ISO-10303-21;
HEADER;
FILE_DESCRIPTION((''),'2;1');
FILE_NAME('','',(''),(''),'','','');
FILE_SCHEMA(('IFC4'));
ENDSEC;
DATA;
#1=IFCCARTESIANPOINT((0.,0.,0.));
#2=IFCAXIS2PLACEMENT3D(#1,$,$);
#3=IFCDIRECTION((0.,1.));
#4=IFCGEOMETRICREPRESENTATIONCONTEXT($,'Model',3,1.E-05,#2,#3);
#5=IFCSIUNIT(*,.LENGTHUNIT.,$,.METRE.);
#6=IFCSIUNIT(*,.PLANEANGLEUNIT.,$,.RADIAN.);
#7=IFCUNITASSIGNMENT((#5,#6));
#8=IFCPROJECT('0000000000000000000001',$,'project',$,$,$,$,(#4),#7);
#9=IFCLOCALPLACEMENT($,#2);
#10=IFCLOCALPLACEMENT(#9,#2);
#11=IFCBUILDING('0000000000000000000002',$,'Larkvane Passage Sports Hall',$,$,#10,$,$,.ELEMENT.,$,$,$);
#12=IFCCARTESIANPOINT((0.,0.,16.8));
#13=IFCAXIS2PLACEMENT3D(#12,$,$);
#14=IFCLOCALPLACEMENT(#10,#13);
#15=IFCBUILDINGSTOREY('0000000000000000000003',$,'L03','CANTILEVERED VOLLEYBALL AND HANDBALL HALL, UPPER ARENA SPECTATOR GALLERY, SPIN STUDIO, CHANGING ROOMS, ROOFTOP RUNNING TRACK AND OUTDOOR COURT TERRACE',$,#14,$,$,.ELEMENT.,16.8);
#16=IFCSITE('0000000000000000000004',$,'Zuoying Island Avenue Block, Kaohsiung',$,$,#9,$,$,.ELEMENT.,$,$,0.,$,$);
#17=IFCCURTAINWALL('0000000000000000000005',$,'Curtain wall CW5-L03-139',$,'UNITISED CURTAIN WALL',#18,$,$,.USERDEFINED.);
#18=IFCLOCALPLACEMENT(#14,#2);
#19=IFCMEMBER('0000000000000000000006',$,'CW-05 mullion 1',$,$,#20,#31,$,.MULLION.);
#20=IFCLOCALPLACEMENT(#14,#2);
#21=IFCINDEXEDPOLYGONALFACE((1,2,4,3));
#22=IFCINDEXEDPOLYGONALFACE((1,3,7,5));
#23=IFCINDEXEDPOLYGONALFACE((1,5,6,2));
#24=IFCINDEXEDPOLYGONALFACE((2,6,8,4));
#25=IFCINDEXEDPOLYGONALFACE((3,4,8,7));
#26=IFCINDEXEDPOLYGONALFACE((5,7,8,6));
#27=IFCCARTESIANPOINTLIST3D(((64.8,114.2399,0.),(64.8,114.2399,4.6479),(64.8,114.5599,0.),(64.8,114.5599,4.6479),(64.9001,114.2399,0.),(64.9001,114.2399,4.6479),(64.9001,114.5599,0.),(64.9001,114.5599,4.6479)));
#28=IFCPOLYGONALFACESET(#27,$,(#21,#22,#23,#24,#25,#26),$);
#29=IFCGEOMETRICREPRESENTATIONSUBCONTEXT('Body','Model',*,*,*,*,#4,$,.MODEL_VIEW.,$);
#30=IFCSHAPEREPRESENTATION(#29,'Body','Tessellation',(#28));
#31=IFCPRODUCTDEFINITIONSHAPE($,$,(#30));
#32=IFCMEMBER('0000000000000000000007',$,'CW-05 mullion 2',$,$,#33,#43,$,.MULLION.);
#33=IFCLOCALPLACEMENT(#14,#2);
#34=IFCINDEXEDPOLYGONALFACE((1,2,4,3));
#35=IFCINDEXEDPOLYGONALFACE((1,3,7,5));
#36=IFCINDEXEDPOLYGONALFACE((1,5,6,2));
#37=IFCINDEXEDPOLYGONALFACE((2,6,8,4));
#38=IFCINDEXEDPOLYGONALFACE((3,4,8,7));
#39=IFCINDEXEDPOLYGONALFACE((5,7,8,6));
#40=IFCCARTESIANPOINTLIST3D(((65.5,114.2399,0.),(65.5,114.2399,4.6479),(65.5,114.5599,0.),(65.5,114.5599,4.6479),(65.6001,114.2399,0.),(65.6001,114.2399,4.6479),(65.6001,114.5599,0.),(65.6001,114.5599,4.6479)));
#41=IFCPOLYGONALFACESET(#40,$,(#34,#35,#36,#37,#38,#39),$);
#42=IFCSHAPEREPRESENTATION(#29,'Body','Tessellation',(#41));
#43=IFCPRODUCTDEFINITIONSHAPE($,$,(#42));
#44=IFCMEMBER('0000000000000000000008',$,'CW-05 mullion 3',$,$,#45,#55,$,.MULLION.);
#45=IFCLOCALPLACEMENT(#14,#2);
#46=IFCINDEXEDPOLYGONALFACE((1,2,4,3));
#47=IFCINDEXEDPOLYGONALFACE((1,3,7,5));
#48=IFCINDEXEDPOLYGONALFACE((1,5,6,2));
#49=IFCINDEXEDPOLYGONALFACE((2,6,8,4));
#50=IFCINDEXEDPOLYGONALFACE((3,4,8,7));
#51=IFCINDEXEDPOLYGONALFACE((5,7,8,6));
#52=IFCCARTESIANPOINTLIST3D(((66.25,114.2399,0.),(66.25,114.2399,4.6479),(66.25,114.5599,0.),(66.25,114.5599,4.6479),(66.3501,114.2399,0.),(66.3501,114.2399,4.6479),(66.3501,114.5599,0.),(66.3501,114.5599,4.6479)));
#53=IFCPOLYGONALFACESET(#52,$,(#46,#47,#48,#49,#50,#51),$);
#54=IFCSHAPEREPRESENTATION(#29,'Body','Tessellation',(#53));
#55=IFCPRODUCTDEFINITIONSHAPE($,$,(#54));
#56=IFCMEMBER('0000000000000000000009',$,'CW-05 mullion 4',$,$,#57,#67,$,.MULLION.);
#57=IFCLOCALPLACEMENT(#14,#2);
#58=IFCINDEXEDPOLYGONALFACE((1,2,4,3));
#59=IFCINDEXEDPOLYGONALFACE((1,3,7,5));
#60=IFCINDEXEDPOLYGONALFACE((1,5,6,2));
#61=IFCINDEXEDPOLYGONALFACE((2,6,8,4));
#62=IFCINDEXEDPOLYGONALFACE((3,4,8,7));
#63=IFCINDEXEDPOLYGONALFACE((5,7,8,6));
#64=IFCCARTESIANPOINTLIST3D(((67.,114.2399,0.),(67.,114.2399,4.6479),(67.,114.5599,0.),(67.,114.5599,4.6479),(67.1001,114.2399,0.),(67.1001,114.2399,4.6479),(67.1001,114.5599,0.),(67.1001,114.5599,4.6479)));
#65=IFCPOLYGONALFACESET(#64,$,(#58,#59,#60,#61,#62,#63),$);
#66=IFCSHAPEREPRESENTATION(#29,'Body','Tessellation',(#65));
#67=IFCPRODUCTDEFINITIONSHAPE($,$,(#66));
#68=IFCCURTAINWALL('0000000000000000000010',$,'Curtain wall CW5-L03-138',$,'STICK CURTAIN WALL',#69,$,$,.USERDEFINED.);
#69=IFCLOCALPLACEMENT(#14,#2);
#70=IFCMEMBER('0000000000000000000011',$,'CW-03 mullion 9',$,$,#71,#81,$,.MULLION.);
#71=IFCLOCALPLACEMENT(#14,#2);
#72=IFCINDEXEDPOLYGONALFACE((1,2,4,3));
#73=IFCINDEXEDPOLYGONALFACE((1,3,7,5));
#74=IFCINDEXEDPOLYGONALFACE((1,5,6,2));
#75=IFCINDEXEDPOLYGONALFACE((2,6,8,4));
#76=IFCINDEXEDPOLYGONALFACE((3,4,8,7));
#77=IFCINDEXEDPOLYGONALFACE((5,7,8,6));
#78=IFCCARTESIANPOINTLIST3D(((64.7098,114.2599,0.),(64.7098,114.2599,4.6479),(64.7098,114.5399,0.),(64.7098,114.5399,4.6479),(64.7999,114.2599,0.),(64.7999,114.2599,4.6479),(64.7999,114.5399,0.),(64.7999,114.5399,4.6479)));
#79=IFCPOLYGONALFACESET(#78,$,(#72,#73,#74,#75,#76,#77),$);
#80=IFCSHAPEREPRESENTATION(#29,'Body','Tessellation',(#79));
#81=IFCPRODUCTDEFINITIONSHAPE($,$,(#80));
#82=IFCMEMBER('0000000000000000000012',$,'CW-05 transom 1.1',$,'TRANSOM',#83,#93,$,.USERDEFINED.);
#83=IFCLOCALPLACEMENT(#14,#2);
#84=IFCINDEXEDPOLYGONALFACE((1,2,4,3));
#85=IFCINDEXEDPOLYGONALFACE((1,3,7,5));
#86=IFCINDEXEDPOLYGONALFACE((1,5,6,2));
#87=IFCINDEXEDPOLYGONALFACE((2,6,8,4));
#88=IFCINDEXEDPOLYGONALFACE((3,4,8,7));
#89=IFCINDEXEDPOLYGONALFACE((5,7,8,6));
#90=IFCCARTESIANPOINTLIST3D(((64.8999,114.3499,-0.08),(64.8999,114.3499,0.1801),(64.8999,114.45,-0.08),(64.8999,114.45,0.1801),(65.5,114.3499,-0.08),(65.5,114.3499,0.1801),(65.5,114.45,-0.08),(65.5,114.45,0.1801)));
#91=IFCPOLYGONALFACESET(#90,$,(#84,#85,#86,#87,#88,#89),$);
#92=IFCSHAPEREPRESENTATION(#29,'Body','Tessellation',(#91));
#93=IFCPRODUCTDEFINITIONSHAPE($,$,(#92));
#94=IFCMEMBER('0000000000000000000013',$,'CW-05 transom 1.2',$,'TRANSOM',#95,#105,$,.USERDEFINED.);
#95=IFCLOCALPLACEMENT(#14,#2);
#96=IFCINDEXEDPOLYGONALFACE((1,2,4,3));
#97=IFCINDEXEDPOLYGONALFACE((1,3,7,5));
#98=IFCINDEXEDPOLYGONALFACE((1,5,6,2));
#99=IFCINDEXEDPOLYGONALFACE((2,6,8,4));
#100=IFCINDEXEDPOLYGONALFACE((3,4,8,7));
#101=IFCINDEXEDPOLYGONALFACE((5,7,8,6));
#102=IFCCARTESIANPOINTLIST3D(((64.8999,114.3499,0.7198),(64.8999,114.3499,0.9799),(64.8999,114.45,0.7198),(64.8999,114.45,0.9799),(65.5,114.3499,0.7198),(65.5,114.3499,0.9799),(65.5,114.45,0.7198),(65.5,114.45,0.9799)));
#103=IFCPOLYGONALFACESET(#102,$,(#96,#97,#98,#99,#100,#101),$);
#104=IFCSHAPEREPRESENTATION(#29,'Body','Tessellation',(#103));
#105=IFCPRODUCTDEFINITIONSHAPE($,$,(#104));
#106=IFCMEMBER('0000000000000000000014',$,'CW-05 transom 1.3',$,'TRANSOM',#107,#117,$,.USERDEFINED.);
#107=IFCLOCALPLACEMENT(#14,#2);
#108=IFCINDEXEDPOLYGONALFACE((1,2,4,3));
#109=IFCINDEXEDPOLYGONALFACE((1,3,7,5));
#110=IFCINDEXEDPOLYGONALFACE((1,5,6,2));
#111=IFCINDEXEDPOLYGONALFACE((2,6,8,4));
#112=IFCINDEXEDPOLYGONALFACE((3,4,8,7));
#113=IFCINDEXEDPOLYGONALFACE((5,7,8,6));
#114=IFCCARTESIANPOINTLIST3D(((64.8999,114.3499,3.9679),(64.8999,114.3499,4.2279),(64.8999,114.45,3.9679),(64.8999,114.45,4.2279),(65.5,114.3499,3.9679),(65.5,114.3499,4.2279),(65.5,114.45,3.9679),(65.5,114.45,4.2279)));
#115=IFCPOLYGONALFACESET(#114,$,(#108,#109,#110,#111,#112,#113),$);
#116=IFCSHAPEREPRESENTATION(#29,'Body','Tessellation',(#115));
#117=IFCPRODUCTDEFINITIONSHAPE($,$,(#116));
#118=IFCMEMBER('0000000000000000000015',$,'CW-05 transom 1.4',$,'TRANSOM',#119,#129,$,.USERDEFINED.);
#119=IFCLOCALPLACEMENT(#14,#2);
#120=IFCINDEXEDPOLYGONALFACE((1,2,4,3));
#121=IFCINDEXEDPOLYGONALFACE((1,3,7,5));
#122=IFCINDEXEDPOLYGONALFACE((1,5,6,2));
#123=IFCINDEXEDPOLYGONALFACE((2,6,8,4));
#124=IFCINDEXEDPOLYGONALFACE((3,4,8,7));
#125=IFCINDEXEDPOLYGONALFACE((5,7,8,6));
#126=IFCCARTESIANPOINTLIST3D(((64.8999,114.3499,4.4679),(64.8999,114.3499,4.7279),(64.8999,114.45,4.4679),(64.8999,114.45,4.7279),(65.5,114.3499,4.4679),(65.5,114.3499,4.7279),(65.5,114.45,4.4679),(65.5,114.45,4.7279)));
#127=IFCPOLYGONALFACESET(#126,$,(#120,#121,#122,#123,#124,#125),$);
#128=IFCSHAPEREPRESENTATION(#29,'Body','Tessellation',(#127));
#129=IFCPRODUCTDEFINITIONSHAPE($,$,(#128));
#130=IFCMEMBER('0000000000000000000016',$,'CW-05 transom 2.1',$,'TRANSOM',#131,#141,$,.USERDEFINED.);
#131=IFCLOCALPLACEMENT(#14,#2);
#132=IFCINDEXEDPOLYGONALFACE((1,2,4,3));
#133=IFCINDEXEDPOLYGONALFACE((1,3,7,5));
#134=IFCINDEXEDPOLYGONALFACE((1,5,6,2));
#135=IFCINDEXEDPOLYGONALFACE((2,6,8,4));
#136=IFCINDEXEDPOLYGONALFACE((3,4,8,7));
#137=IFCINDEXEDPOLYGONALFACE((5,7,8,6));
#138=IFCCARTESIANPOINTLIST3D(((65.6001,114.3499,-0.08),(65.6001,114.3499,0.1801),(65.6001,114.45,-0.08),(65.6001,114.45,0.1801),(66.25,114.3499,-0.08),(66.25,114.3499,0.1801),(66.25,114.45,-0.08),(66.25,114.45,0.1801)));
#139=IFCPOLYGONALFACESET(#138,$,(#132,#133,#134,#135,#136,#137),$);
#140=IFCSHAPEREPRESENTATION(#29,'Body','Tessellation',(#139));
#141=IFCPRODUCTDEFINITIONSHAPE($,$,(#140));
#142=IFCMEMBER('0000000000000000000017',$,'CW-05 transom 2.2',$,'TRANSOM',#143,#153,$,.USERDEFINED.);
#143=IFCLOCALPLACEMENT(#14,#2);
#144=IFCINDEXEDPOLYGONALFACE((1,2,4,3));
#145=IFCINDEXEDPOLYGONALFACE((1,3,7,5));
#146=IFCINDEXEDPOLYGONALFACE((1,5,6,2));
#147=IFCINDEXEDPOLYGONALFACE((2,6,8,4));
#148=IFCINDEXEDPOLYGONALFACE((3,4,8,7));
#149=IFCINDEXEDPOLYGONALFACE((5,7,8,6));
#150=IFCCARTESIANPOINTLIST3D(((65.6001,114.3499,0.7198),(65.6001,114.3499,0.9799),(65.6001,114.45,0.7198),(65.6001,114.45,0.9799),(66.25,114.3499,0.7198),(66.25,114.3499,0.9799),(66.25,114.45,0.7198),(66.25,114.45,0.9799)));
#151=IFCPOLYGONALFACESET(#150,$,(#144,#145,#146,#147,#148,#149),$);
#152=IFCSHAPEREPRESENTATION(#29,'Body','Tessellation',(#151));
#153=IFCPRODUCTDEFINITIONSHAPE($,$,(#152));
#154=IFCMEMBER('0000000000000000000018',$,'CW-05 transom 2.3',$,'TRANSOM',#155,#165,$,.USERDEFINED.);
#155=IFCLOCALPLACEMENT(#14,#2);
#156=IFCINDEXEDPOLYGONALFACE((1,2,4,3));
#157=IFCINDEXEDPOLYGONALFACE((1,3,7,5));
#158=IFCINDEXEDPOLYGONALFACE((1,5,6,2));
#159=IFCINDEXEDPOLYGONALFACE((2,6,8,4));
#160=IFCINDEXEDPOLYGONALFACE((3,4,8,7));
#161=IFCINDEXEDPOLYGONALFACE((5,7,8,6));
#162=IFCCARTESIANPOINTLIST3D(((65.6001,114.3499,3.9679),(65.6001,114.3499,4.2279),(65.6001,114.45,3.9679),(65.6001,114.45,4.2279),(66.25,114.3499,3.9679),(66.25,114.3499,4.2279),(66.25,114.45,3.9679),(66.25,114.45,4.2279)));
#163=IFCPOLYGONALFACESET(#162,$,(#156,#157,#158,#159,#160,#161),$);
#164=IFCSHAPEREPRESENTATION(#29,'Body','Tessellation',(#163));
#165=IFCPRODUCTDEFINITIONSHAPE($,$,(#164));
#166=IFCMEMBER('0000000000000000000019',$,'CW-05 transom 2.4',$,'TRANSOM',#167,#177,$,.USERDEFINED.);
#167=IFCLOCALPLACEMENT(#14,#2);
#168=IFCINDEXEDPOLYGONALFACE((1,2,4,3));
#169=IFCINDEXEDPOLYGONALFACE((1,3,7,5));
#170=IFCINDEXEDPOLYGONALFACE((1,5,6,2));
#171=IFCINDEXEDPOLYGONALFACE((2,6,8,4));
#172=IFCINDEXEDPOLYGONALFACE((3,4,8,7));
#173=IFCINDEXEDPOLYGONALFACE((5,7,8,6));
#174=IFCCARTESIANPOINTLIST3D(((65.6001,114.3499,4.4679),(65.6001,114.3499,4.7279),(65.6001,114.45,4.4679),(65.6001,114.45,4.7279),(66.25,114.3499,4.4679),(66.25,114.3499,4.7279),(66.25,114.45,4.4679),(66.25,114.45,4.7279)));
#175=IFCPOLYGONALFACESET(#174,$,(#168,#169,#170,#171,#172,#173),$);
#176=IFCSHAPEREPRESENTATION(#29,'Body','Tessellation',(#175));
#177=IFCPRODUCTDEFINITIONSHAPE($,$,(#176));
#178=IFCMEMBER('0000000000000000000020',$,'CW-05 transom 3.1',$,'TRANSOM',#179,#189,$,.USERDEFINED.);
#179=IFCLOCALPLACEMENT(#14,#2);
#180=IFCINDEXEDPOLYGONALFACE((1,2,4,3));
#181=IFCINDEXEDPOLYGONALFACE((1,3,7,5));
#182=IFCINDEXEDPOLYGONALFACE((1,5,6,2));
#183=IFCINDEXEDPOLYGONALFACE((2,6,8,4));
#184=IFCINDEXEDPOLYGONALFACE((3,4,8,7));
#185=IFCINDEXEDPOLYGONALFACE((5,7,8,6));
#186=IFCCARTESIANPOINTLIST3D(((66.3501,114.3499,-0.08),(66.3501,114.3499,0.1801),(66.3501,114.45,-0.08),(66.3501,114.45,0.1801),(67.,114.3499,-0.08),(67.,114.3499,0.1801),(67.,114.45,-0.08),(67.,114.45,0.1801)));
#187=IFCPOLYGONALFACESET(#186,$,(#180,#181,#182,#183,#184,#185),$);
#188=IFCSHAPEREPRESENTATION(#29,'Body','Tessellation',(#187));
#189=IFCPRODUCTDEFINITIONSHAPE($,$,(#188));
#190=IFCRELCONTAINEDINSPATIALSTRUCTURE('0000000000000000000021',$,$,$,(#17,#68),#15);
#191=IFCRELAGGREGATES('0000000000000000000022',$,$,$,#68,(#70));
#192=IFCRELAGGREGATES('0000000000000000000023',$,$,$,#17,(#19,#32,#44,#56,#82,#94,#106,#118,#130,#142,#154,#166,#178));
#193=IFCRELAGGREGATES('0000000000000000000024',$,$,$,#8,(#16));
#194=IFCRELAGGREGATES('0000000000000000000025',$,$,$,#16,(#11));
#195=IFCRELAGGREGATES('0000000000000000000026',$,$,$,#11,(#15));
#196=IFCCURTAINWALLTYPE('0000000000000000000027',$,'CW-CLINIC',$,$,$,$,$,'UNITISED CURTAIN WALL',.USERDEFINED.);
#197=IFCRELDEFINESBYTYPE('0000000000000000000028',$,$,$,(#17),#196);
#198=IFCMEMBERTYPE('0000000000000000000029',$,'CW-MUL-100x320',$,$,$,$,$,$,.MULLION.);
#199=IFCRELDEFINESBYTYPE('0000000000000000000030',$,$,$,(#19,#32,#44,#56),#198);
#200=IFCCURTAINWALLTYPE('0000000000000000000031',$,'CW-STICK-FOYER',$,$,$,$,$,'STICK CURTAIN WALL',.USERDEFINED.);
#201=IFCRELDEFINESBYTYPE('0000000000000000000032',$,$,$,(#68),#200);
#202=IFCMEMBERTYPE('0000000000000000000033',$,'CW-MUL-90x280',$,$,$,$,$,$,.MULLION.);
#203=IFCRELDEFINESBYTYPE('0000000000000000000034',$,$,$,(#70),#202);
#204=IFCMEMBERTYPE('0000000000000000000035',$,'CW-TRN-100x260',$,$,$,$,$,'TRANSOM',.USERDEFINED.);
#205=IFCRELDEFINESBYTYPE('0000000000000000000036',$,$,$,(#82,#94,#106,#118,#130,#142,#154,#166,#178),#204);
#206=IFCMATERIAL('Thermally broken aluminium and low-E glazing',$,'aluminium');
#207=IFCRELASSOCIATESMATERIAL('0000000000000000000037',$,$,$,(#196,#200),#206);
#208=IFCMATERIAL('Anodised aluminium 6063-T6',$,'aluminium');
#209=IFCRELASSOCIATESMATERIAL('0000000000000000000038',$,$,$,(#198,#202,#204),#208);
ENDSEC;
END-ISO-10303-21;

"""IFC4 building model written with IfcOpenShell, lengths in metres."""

from ifc_helpers import new_model, si_unit, direction, frame, origin, origin_2d, place, context, subcontext, project, spatial, rectangle, extrude, material, material_profile, profile_set, type_object, element, aggregate, save


model = new_model("IFC4")

# Units and contexts
model_context = context("Model", 3, precision=1e-05, world=origin(), true_north=direction((0.0, 1.0)))
body_context = subcontext(model_context, "Body", "Model", "MODEL_VIEW")
ifc_project = project(units=[si_unit("LENGTHUNIT", "METRE"), si_unit("PLANEANGLEUNIT", "RADIAN")], contexts=[model_context])

# Site, building, storey
site_placement = place(None, origin())
site = spatial("IfcSite", under=ifc_project, at=site_placement, Name="Zuoying Island Avenue Block, Kaohsiung", CompositionType="ELEMENT", RefElevation=0.0)
building_placement = place(site_placement, origin())
building = spatial("IfcBuilding", under=site, at=building_placement, Name="Larkvane Passage Sports Hall", CompositionType="ELEMENT")
storey_placement = place(building_placement, frame((0.0, 0.0, 16.8)))
storey = spatial("IfcBuildingStorey", under=building, at=storey_placement, Name="L03", Description="CANTILEVERED VOLLEYBALL AND HANDBALL HALL, UPPER ARENA SPECTATOR GALLERY, SPIN STUDIO, CHANGING ROOMS, ROOFTOP RUNNING TRACK AND OUTDOOR COURT TERRACE", CompositionType="ELEMENT", Elevation=16.8)

# Curtain wall, members
ifc_material_1 = material(Name="Thermally broken aluminium and low-E glazing", Category="aluminium")
curtain_wall_type_1 = type_object("IfcCurtainWallType", Name="CW-CLINIC", ElementType="UNITISED CURTAIN WALL", PredefinedType="USERDEFINED", material=ifc_material_1)
curtain_wall_1_placement = place(storey_placement, origin())
curtain_wall_1 = element("IfcCurtainWall", 1, at=curtain_wall_1_placement, inside=storey, type_object=curtain_wall_type_1, Name="Curtain wall CW5-L03-139", ObjectType="UNITISED CURTAIN WALL", PredefinedType="USERDEFINED")
ifc_material_2 = material(Name="Anodised aluminium 6063-T6", Category="aluminium")
ifc_material_profile_1 = material_profile(ifc_material_2, rectangle(XDim=0.1001, YDim=0.3201, at=origin_2d()), Name="ALU-MUL-100x320")
ifc_profile_set_1 = profile_set([ifc_material_profile_1], Name="Anodised aluminium 6063-T6")
member_type_1 = type_object("IfcMemberType", Name="CW-MUL-100x320", PredefinedType="MULLION", material=ifc_profile_set_1)
member_1_placement = place(storey_placement, frame((64.8501, 114.3999, 0.0), z_axis=(0.0, 0.0, 1.0), x_axis=(1.0, 0.0, 0.0)))
member_1 = element("IfcMember", 2, at=member_1_placement, type_object=member_type_1, Name="CW-05 mullion 1", PredefinedType="MULLION", context=body_context, shape_type="SweptSolid", body=[
    extrude(rectangle(XDim=0.1001, YDim=0.3201, at=origin_2d()), origin(), (0.0, 0.0, 1.0), 4.6479),
])
member_2_placement = place(storey_placement, frame((65.55, 114.3999, 0.0), z_axis=(0.0, 0.0, 1.0), x_axis=(1.0, 0.0, 0.0)))
member_2 = element("IfcMember", 3, at=member_2_placement, type_object=member_type_1, Name="CW-05 mullion 2", PredefinedType="MULLION", context=body_context, shape_type="SweptSolid", body=[
    extrude(rectangle(XDim=0.1001, YDim=0.3201, at=origin_2d()), origin(), (0.0, 0.0, 1.0), 4.6479),
])
member_3_placement = place(storey_placement, frame((66.3, 114.3999, 0.0), z_axis=(0.0, 0.0, 1.0), x_axis=(1.0, 0.0, 0.0)))
member_3 = element("IfcMember", 4, at=member_3_placement, type_object=member_type_1, Name="CW-05 mullion 3", PredefinedType="MULLION", context=body_context, shape_type="SweptSolid", body=[
    extrude(rectangle(XDim=0.1001, YDim=0.3201, at=origin_2d()), origin(), (0.0, 0.0, 1.0), 4.6479),
])
member_4_placement = place(storey_placement, frame((67.05, 114.3999, 0.0), z_axis=(0.0, 0.0, 1.0), x_axis=(1.0, 0.0, 0.0)))
member_4 = element("IfcMember", 5, at=member_4_placement, type_object=member_type_1, Name="CW-05 mullion 4", PredefinedType="MULLION", context=body_context, shape_type="SweptSolid", body=[
    extrude(rectangle(XDim=0.1001, YDim=0.3201, at=origin_2d()), origin(), (0.0, 0.0, 1.0), 4.6479),
])

# Curtain wall, member
curtain_wall_type_2 = type_object("IfcCurtainWallType", Name="CW-STICK-FOYER", ElementType="STICK CURTAIN WALL", PredefinedType="USERDEFINED", material=ifc_material_1)
curtain_wall_2_placement = place(storey_placement, origin())
curtain_wall_2 = element("IfcCurtainWall", 6, at=curtain_wall_2_placement, inside=storey, type_object=curtain_wall_type_2, Name="Curtain wall CW5-L03-138", ObjectType="STICK CURTAIN WALL", PredefinedType="USERDEFINED")
ifc_material_profile_2 = material_profile(ifc_material_2, rectangle(XDim=0.0901, YDim=0.28, at=origin_2d()), Name="ALU-MUL-90x280")
ifc_profile_set_2 = profile_set([ifc_material_profile_2], Name="Anodised aluminium 6063-T6")
member_type_2 = type_object("IfcMemberType", Name="CW-MUL-90x280", PredefinedType="MULLION", material=ifc_profile_set_2)
member_5_placement = place(storey_placement, frame((64.7549, 114.3999, 0.0), z_axis=(0.0, 0.0, 1.0), x_axis=(1.0, 0.0, 0.0)))
member_5 = element("IfcMember", 7, at=member_5_placement, type_object=member_type_2, Name="CW-03 mullion 9", PredefinedType="MULLION", context=body_context, shape_type="SweptSolid", body=[
    extrude(rectangle(XDim=0.0901, YDim=0.28, at=origin_2d()), origin(), (0.0, 0.0, 1.0), 4.6479),
])

# Members
ifc_material_profile_3 = material_profile(ifc_material_2, rectangle(XDim=0.1001, YDim=0.26, at=origin_2d()), Name="ALU-TRN-100x260")
ifc_profile_set_3 = profile_set([ifc_material_profile_3], Name="Anodised aluminium 6063-T6")
member_type_3 = type_object("IfcMemberType", Name="CW-TRN-100x260", ElementType="TRANSOM", PredefinedType="USERDEFINED", material=ifc_profile_set_3)
member_6_placement = place(storey_placement, frame((64.8999, 114.3999, 0.05), z_axis=(1.0, 0.0, 0.0), x_axis=(0.0, 1.0, 0.0)))
member_6 = element("IfcMember", 8, at=member_6_placement, type_object=member_type_3, Name="CW-05 transom 1.1", ObjectType="TRANSOM", PredefinedType="USERDEFINED", context=body_context, shape_type="SweptSolid", body=[
    extrude(rectangle(XDim=0.1001, YDim=0.26, at=origin_2d()), origin(), (0.0, 0.0, 1.0), 0.6001),
])
member_7_placement = place(storey_placement, frame((64.8999, 114.3999, 0.8499), z_axis=(1.0, 0.0, 0.0), x_axis=(0.0, 1.0, 0.0)))
member_7 = element("IfcMember", 9, at=member_7_placement, type_object=member_type_3, Name="CW-05 transom 1.2", ObjectType="TRANSOM", PredefinedType="USERDEFINED", context=body_context, shape_type="SweptSolid", body=[
    extrude(rectangle(XDim=0.1001, YDim=0.26, at=origin_2d()), origin(), (0.0, 0.0, 1.0), 0.6001),
])
member_8_placement = place(storey_placement, frame((64.8999, 114.3999, 4.0979), z_axis=(1.0, 0.0, 0.0), x_axis=(0.0, 1.0, 0.0)))
member_8 = element("IfcMember", 10, at=member_8_placement, type_object=member_type_3, Name="CW-05 transom 1.3", ObjectType="TRANSOM", PredefinedType="USERDEFINED", context=body_context, shape_type="SweptSolid", body=[
    extrude(rectangle(XDim=0.1001, YDim=0.26, at=origin_2d()), origin(), (0.0, 0.0, 1.0), 0.6001),
])
member_9_placement = place(storey_placement, frame((64.8999, 114.3999, 4.5979), z_axis=(1.0, 0.0, 0.0), x_axis=(0.0, 1.0, 0.0)))
member_9 = element("IfcMember", 11, at=member_9_placement, type_object=member_type_3, Name="CW-05 transom 1.4", ObjectType="TRANSOM", PredefinedType="USERDEFINED", context=body_context, shape_type="SweptSolid", body=[
    extrude(rectangle(XDim=0.1001, YDim=0.26, at=origin_2d()), origin(), (0.0, 0.0, 1.0), 0.6001),
])
member_10_placement = place(storey_placement, frame((65.6001, 114.3999, 0.05), z_axis=(1.0, 0.0, 0.0), x_axis=(0.0, 1.0, 0.0)))
member_10 = element("IfcMember", 12, at=member_10_placement, type_object=member_type_3, Name="CW-05 transom 2.1", ObjectType="TRANSOM", PredefinedType="USERDEFINED", context=body_context, shape_type="SweptSolid", body=[
    extrude(rectangle(XDim=0.1001, YDim=0.26, at=origin_2d()), origin(), (0.0, 0.0, 1.0), 0.6499),
])
member_11_placement = place(storey_placement, frame((65.6001, 114.3999, 0.8499), z_axis=(1.0, 0.0, 0.0), x_axis=(0.0, 1.0, 0.0)))
member_11 = element("IfcMember", 13, at=member_11_placement, type_object=member_type_3, Name="CW-05 transom 2.2", ObjectType="TRANSOM", PredefinedType="USERDEFINED", context=body_context, shape_type="SweptSolid", body=[
    extrude(rectangle(XDim=0.1001, YDim=0.26, at=origin_2d()), origin(), (0.0, 0.0, 1.0), 0.6499),
])
member_12_placement = place(storey_placement, frame((65.6001, 114.3999, 4.0979), z_axis=(1.0, 0.0, 0.0), x_axis=(0.0, 1.0, 0.0)))
member_12 = element("IfcMember", 14, at=member_12_placement, type_object=member_type_3, Name="CW-05 transom 2.3", ObjectType="TRANSOM", PredefinedType="USERDEFINED", context=body_context, shape_type="SweptSolid", body=[
    extrude(rectangle(XDim=0.1001, YDim=0.26, at=origin_2d()), origin(), (0.0, 0.0, 1.0), 0.6499),
])
member_13_placement = place(storey_placement, frame((65.6001, 114.3999, 4.5979), z_axis=(1.0, 0.0, 0.0), x_axis=(0.0, 1.0, 0.0)))
member_13 = element("IfcMember", 15, at=member_13_placement, type_object=member_type_3, Name="CW-05 transom 2.4", ObjectType="TRANSOM", PredefinedType="USERDEFINED", context=body_context, shape_type="SweptSolid", body=[
    extrude(rectangle(XDim=0.1001, YDim=0.26, at=origin_2d()), origin(), (0.0, 0.0, 1.0), 0.6499),
])
member_14_placement = place(storey_placement, frame((66.3501, 114.3999, 0.05), z_axis=(1.0, 0.0, 0.0), x_axis=(0.0, 1.0, 0.0)))
member_14 = element("IfcMember", 16, at=member_14_placement, type_object=member_type_3, Name="CW-05 transom 3.1", ObjectType="TRANSOM", PredefinedType="USERDEFINED", context=body_context, shape_type="SweptSolid", body=[
    extrude(rectangle(XDim=0.1001, YDim=0.26, at=origin_2d()), origin(), (0.0, 0.0, 1.0), 0.6499),
])

aggregate(curtain_wall_2, [member_5])
aggregate(curtain_wall_1, [member_1, member_2, member_3, member_4, member_6, member_7, member_8, member_9, member_10, member_11, member_12, member_13, member_14])

save(model, "model.ifc")
